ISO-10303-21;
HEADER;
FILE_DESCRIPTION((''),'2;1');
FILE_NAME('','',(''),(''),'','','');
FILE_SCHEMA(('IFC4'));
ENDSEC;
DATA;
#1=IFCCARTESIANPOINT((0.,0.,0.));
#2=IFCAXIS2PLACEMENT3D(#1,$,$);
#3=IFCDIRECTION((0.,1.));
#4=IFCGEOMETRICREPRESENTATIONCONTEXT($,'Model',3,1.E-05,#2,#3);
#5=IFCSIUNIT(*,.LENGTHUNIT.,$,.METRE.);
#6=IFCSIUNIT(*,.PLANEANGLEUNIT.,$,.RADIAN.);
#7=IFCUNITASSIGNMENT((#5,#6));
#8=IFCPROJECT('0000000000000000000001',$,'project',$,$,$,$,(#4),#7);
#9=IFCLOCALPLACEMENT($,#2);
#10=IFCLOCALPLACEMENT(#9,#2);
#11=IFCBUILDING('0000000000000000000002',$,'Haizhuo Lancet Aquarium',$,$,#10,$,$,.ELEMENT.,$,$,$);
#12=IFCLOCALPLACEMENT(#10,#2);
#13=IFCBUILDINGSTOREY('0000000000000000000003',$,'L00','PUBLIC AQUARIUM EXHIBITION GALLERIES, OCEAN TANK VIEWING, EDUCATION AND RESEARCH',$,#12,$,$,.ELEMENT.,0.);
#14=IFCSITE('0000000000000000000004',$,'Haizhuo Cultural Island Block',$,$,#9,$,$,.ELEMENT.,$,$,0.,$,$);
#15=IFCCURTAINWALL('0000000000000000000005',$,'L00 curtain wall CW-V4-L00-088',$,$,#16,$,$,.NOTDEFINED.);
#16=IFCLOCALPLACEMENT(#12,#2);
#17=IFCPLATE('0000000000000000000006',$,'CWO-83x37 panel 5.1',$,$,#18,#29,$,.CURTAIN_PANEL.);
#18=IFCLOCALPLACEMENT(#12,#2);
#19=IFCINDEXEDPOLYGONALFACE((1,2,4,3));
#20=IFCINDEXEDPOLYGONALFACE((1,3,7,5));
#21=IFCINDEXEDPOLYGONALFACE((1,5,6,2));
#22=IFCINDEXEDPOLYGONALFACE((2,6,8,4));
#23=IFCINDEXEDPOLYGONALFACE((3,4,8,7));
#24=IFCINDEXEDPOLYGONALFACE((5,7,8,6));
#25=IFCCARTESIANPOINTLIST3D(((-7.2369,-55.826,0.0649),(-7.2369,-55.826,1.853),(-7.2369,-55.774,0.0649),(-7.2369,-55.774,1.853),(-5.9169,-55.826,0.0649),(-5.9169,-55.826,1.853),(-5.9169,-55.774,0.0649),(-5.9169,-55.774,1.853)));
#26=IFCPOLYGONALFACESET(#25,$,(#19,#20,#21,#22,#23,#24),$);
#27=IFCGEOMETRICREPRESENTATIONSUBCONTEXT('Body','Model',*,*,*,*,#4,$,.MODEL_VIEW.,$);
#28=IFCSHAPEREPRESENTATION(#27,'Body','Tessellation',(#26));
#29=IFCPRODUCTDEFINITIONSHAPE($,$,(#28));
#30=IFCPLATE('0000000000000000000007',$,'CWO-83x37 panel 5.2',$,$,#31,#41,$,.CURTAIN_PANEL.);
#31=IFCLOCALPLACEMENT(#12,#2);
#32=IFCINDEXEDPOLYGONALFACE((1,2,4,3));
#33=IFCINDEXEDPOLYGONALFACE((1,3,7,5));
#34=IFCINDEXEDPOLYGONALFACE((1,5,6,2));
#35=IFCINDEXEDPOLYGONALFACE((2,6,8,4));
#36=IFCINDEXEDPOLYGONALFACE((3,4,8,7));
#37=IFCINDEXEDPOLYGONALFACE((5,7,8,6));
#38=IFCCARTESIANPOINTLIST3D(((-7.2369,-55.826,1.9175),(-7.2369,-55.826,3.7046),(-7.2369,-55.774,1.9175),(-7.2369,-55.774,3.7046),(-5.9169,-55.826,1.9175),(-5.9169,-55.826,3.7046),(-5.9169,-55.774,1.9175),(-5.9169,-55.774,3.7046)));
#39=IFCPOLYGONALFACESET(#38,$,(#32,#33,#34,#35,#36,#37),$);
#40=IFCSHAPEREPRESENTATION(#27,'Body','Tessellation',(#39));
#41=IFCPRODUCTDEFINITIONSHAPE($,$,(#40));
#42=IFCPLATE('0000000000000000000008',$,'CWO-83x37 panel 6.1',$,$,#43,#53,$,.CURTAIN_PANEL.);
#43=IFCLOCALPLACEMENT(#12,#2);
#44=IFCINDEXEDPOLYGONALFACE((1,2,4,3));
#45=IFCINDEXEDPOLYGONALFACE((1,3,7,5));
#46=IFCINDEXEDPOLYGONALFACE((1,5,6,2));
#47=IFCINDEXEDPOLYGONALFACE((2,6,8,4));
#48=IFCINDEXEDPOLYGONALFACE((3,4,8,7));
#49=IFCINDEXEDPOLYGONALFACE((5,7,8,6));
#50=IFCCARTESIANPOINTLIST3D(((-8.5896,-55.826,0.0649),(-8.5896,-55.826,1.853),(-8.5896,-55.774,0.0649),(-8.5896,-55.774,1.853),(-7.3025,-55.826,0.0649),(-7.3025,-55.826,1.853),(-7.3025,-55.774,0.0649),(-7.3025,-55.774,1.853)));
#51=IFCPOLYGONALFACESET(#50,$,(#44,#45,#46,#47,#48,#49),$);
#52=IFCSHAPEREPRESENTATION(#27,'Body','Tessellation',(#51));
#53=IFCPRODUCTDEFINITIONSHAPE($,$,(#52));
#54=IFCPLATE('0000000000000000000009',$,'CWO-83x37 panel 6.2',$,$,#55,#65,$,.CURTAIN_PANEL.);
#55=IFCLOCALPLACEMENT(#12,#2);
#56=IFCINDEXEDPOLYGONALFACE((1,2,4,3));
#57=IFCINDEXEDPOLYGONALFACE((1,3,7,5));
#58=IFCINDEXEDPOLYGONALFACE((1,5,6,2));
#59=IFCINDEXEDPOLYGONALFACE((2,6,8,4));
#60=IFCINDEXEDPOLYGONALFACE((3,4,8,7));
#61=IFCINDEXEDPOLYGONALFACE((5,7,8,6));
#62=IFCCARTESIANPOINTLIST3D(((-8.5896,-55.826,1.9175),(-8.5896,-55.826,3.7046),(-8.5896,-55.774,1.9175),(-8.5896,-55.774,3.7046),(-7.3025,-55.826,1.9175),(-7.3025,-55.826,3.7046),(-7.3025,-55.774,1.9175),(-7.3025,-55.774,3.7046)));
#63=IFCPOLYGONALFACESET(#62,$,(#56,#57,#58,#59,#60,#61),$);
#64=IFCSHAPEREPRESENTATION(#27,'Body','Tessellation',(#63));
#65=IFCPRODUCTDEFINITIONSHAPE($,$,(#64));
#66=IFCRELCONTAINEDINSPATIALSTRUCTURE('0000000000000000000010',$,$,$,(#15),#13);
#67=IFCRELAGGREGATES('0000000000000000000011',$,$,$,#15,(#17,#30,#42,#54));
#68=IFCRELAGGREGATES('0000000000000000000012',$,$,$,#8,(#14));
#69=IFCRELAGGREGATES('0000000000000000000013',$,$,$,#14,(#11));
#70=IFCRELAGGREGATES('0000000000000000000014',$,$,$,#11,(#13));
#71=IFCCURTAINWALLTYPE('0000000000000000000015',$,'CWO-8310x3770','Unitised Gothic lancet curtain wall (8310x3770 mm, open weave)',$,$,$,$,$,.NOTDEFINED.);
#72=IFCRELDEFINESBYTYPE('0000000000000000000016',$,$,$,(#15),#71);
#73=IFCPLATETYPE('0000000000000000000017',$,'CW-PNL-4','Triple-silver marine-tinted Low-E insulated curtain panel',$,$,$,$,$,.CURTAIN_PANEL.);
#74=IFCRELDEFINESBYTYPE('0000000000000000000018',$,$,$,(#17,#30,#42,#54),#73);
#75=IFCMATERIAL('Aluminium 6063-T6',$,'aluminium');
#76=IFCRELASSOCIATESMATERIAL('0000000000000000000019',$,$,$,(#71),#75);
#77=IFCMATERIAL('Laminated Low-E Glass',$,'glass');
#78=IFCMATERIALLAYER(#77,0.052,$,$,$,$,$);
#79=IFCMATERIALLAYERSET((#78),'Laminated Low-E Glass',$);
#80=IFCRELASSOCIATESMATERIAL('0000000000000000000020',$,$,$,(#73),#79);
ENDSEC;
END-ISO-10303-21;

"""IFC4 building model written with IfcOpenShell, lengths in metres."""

from ifc_helpers import new_model, si_unit, direction, frame, origin, origin_2d, place, context, subcontext, project, spatial, rectangle, extrude, material, layer, layer_set, type_object, element, aggregate, save


model = new_model("IFC4")

# Units and contexts
model_context = context("Model", 3, precision=1e-05, world=origin(), true_north=direction((0.0, 1.0)))
body_context = subcontext(model_context, "Body", "Model", "MODEL_VIEW")
ifc_project = project(units=[si_unit("LENGTHUNIT", "METRE"), si_unit("PLANEANGLEUNIT", "RADIAN")], contexts=[model_context])

# Site, building, storey
site_placement = place(None, origin())
site = spatial("IfcSite", under=ifc_project, at=site_placement, Name="Haizhuo Cultural Island Block", CompositionType="ELEMENT", RefElevation=0.0)
building_placement = place(site_placement, origin())
building = spatial("IfcBuilding", under=site, at=building_placement, Name="Haizhuo Lancet Aquarium", CompositionType="ELEMENT")
storey_placement = place(building_placement, origin())
storey = spatial("IfcBuildingStorey", under=building, at=storey_placement, Name="L00", Description="PUBLIC AQUARIUM EXHIBITION GALLERIES, OCEAN TANK VIEWING, EDUCATION AND RESEARCH", CompositionType="ELEMENT", Elevation=0.0)

# Curtain wall
ifc_material_1 = material(Name="Aluminium 6063-T6", Category="aluminium")
curtain_wall_type = type_object("IfcCurtainWallType", Name="CWO-8310x3770", Description="Unitised Gothic lancet curtain wall (8310x3770 mm, open weave)", PredefinedType="NOTDEFINED", material=ifc_material_1)
curtain_wall_1_placement = place(storey_placement, origin())
curtain_wall_1 = element("IfcCurtainWall", 1, at=curtain_wall_1_placement, inside=storey, type_object=curtain_wall_type, Name="L00 curtain wall CW-V4-L00-088", PredefinedType="NOTDEFINED")

# Plates
ifc_material_2 = material(Name="Laminated Low-E Glass", Category="glass")
ifc_layer = layer(ifc_material_2, 0.052)
ifc_layer_set = layer_set([ifc_layer], Name="Laminated Low-E Glass")
plate_type = type_object("IfcPlateType", Name="CW-PNL-4", Description="Triple-silver marine-tinted Low-E insulated curtain panel", PredefinedType="CURTAIN_PANEL", material=ifc_layer_set)
plate_1_placement = place(storey_placement, frame((-6.5769, -55.8, 0.0649), z_axis=(0.0, 0.0, 1.0), x_axis=(-1.0, 0.0, 0.0)))
plate_1 = element("IfcPlate", 2, at=plate_1_placement, type_object=plate_type, Name="CWO-83x37 panel 5.1", PredefinedType="CURTAIN_PANEL", context=body_context, shape_type="SweptSolid", body=[
    extrude(rectangle(XDim=1.3201, YDim=0.052, at=origin_2d()), origin(), (0.0, 0.0, 1.0), 1.7881),
])
plate_2_placement = place(storey_placement, frame((-6.5769, -55.8, 1.9175), z_axis=(0.0, 0.0, 1.0), x_axis=(-1.0, 0.0, 0.0)))
plate_2 = element("IfcPlate", 3, at=plate_2_placement, type_object=plate_type, Name="CWO-83x37 panel 5.2", PredefinedType="CURTAIN_PANEL", context=body_context, shape_type="SweptSolid", body=[
    extrude(rectangle(XDim=1.3201, YDim=0.052, at=origin_2d()), origin(), (0.0, 0.0, 1.0), 1.7871),
])
plate_3_placement = place(storey_placement, frame((-7.946, -55.8, 0.0649), z_axis=(0.0, 0.0, 1.0), x_axis=(-1.0, 0.0, 0.0)))
plate_3 = element("IfcPlate", 4, at=plate_3_placement, type_object=plate_type, Name="CWO-83x37 panel 6.1", PredefinedType="CURTAIN_PANEL", context=body_context, shape_type="SweptSolid", body=[
    extrude(rectangle(XDim=1.2871, YDim=0.052, at=origin_2d()), origin(), (0.0, 0.0, 1.0), 1.7881),
])
plate_4_placement = place(storey_placement, frame((-7.946, -55.8, 1.9175), z_axis=(0.0, 0.0, 1.0), x_axis=(-1.0, 0.0, 0.0)))
plate_4 = element("IfcPlate", 5, at=plate_4_placement, type_object=plate_type, Name="CWO-83x37 panel 6.2", PredefinedType="CURTAIN_PANEL", context=body_context, shape_type="SweptSolid", body=[
    extrude(rectangle(XDim=1.2871, YDim=0.052, at=origin_2d()), origin(), (0.0, 0.0, 1.0), 1.7871),
])
aggregate(curtain_wall_1, [plate_1, plate_2, plate_3, plate_4])

save(model, "model.ifc")
